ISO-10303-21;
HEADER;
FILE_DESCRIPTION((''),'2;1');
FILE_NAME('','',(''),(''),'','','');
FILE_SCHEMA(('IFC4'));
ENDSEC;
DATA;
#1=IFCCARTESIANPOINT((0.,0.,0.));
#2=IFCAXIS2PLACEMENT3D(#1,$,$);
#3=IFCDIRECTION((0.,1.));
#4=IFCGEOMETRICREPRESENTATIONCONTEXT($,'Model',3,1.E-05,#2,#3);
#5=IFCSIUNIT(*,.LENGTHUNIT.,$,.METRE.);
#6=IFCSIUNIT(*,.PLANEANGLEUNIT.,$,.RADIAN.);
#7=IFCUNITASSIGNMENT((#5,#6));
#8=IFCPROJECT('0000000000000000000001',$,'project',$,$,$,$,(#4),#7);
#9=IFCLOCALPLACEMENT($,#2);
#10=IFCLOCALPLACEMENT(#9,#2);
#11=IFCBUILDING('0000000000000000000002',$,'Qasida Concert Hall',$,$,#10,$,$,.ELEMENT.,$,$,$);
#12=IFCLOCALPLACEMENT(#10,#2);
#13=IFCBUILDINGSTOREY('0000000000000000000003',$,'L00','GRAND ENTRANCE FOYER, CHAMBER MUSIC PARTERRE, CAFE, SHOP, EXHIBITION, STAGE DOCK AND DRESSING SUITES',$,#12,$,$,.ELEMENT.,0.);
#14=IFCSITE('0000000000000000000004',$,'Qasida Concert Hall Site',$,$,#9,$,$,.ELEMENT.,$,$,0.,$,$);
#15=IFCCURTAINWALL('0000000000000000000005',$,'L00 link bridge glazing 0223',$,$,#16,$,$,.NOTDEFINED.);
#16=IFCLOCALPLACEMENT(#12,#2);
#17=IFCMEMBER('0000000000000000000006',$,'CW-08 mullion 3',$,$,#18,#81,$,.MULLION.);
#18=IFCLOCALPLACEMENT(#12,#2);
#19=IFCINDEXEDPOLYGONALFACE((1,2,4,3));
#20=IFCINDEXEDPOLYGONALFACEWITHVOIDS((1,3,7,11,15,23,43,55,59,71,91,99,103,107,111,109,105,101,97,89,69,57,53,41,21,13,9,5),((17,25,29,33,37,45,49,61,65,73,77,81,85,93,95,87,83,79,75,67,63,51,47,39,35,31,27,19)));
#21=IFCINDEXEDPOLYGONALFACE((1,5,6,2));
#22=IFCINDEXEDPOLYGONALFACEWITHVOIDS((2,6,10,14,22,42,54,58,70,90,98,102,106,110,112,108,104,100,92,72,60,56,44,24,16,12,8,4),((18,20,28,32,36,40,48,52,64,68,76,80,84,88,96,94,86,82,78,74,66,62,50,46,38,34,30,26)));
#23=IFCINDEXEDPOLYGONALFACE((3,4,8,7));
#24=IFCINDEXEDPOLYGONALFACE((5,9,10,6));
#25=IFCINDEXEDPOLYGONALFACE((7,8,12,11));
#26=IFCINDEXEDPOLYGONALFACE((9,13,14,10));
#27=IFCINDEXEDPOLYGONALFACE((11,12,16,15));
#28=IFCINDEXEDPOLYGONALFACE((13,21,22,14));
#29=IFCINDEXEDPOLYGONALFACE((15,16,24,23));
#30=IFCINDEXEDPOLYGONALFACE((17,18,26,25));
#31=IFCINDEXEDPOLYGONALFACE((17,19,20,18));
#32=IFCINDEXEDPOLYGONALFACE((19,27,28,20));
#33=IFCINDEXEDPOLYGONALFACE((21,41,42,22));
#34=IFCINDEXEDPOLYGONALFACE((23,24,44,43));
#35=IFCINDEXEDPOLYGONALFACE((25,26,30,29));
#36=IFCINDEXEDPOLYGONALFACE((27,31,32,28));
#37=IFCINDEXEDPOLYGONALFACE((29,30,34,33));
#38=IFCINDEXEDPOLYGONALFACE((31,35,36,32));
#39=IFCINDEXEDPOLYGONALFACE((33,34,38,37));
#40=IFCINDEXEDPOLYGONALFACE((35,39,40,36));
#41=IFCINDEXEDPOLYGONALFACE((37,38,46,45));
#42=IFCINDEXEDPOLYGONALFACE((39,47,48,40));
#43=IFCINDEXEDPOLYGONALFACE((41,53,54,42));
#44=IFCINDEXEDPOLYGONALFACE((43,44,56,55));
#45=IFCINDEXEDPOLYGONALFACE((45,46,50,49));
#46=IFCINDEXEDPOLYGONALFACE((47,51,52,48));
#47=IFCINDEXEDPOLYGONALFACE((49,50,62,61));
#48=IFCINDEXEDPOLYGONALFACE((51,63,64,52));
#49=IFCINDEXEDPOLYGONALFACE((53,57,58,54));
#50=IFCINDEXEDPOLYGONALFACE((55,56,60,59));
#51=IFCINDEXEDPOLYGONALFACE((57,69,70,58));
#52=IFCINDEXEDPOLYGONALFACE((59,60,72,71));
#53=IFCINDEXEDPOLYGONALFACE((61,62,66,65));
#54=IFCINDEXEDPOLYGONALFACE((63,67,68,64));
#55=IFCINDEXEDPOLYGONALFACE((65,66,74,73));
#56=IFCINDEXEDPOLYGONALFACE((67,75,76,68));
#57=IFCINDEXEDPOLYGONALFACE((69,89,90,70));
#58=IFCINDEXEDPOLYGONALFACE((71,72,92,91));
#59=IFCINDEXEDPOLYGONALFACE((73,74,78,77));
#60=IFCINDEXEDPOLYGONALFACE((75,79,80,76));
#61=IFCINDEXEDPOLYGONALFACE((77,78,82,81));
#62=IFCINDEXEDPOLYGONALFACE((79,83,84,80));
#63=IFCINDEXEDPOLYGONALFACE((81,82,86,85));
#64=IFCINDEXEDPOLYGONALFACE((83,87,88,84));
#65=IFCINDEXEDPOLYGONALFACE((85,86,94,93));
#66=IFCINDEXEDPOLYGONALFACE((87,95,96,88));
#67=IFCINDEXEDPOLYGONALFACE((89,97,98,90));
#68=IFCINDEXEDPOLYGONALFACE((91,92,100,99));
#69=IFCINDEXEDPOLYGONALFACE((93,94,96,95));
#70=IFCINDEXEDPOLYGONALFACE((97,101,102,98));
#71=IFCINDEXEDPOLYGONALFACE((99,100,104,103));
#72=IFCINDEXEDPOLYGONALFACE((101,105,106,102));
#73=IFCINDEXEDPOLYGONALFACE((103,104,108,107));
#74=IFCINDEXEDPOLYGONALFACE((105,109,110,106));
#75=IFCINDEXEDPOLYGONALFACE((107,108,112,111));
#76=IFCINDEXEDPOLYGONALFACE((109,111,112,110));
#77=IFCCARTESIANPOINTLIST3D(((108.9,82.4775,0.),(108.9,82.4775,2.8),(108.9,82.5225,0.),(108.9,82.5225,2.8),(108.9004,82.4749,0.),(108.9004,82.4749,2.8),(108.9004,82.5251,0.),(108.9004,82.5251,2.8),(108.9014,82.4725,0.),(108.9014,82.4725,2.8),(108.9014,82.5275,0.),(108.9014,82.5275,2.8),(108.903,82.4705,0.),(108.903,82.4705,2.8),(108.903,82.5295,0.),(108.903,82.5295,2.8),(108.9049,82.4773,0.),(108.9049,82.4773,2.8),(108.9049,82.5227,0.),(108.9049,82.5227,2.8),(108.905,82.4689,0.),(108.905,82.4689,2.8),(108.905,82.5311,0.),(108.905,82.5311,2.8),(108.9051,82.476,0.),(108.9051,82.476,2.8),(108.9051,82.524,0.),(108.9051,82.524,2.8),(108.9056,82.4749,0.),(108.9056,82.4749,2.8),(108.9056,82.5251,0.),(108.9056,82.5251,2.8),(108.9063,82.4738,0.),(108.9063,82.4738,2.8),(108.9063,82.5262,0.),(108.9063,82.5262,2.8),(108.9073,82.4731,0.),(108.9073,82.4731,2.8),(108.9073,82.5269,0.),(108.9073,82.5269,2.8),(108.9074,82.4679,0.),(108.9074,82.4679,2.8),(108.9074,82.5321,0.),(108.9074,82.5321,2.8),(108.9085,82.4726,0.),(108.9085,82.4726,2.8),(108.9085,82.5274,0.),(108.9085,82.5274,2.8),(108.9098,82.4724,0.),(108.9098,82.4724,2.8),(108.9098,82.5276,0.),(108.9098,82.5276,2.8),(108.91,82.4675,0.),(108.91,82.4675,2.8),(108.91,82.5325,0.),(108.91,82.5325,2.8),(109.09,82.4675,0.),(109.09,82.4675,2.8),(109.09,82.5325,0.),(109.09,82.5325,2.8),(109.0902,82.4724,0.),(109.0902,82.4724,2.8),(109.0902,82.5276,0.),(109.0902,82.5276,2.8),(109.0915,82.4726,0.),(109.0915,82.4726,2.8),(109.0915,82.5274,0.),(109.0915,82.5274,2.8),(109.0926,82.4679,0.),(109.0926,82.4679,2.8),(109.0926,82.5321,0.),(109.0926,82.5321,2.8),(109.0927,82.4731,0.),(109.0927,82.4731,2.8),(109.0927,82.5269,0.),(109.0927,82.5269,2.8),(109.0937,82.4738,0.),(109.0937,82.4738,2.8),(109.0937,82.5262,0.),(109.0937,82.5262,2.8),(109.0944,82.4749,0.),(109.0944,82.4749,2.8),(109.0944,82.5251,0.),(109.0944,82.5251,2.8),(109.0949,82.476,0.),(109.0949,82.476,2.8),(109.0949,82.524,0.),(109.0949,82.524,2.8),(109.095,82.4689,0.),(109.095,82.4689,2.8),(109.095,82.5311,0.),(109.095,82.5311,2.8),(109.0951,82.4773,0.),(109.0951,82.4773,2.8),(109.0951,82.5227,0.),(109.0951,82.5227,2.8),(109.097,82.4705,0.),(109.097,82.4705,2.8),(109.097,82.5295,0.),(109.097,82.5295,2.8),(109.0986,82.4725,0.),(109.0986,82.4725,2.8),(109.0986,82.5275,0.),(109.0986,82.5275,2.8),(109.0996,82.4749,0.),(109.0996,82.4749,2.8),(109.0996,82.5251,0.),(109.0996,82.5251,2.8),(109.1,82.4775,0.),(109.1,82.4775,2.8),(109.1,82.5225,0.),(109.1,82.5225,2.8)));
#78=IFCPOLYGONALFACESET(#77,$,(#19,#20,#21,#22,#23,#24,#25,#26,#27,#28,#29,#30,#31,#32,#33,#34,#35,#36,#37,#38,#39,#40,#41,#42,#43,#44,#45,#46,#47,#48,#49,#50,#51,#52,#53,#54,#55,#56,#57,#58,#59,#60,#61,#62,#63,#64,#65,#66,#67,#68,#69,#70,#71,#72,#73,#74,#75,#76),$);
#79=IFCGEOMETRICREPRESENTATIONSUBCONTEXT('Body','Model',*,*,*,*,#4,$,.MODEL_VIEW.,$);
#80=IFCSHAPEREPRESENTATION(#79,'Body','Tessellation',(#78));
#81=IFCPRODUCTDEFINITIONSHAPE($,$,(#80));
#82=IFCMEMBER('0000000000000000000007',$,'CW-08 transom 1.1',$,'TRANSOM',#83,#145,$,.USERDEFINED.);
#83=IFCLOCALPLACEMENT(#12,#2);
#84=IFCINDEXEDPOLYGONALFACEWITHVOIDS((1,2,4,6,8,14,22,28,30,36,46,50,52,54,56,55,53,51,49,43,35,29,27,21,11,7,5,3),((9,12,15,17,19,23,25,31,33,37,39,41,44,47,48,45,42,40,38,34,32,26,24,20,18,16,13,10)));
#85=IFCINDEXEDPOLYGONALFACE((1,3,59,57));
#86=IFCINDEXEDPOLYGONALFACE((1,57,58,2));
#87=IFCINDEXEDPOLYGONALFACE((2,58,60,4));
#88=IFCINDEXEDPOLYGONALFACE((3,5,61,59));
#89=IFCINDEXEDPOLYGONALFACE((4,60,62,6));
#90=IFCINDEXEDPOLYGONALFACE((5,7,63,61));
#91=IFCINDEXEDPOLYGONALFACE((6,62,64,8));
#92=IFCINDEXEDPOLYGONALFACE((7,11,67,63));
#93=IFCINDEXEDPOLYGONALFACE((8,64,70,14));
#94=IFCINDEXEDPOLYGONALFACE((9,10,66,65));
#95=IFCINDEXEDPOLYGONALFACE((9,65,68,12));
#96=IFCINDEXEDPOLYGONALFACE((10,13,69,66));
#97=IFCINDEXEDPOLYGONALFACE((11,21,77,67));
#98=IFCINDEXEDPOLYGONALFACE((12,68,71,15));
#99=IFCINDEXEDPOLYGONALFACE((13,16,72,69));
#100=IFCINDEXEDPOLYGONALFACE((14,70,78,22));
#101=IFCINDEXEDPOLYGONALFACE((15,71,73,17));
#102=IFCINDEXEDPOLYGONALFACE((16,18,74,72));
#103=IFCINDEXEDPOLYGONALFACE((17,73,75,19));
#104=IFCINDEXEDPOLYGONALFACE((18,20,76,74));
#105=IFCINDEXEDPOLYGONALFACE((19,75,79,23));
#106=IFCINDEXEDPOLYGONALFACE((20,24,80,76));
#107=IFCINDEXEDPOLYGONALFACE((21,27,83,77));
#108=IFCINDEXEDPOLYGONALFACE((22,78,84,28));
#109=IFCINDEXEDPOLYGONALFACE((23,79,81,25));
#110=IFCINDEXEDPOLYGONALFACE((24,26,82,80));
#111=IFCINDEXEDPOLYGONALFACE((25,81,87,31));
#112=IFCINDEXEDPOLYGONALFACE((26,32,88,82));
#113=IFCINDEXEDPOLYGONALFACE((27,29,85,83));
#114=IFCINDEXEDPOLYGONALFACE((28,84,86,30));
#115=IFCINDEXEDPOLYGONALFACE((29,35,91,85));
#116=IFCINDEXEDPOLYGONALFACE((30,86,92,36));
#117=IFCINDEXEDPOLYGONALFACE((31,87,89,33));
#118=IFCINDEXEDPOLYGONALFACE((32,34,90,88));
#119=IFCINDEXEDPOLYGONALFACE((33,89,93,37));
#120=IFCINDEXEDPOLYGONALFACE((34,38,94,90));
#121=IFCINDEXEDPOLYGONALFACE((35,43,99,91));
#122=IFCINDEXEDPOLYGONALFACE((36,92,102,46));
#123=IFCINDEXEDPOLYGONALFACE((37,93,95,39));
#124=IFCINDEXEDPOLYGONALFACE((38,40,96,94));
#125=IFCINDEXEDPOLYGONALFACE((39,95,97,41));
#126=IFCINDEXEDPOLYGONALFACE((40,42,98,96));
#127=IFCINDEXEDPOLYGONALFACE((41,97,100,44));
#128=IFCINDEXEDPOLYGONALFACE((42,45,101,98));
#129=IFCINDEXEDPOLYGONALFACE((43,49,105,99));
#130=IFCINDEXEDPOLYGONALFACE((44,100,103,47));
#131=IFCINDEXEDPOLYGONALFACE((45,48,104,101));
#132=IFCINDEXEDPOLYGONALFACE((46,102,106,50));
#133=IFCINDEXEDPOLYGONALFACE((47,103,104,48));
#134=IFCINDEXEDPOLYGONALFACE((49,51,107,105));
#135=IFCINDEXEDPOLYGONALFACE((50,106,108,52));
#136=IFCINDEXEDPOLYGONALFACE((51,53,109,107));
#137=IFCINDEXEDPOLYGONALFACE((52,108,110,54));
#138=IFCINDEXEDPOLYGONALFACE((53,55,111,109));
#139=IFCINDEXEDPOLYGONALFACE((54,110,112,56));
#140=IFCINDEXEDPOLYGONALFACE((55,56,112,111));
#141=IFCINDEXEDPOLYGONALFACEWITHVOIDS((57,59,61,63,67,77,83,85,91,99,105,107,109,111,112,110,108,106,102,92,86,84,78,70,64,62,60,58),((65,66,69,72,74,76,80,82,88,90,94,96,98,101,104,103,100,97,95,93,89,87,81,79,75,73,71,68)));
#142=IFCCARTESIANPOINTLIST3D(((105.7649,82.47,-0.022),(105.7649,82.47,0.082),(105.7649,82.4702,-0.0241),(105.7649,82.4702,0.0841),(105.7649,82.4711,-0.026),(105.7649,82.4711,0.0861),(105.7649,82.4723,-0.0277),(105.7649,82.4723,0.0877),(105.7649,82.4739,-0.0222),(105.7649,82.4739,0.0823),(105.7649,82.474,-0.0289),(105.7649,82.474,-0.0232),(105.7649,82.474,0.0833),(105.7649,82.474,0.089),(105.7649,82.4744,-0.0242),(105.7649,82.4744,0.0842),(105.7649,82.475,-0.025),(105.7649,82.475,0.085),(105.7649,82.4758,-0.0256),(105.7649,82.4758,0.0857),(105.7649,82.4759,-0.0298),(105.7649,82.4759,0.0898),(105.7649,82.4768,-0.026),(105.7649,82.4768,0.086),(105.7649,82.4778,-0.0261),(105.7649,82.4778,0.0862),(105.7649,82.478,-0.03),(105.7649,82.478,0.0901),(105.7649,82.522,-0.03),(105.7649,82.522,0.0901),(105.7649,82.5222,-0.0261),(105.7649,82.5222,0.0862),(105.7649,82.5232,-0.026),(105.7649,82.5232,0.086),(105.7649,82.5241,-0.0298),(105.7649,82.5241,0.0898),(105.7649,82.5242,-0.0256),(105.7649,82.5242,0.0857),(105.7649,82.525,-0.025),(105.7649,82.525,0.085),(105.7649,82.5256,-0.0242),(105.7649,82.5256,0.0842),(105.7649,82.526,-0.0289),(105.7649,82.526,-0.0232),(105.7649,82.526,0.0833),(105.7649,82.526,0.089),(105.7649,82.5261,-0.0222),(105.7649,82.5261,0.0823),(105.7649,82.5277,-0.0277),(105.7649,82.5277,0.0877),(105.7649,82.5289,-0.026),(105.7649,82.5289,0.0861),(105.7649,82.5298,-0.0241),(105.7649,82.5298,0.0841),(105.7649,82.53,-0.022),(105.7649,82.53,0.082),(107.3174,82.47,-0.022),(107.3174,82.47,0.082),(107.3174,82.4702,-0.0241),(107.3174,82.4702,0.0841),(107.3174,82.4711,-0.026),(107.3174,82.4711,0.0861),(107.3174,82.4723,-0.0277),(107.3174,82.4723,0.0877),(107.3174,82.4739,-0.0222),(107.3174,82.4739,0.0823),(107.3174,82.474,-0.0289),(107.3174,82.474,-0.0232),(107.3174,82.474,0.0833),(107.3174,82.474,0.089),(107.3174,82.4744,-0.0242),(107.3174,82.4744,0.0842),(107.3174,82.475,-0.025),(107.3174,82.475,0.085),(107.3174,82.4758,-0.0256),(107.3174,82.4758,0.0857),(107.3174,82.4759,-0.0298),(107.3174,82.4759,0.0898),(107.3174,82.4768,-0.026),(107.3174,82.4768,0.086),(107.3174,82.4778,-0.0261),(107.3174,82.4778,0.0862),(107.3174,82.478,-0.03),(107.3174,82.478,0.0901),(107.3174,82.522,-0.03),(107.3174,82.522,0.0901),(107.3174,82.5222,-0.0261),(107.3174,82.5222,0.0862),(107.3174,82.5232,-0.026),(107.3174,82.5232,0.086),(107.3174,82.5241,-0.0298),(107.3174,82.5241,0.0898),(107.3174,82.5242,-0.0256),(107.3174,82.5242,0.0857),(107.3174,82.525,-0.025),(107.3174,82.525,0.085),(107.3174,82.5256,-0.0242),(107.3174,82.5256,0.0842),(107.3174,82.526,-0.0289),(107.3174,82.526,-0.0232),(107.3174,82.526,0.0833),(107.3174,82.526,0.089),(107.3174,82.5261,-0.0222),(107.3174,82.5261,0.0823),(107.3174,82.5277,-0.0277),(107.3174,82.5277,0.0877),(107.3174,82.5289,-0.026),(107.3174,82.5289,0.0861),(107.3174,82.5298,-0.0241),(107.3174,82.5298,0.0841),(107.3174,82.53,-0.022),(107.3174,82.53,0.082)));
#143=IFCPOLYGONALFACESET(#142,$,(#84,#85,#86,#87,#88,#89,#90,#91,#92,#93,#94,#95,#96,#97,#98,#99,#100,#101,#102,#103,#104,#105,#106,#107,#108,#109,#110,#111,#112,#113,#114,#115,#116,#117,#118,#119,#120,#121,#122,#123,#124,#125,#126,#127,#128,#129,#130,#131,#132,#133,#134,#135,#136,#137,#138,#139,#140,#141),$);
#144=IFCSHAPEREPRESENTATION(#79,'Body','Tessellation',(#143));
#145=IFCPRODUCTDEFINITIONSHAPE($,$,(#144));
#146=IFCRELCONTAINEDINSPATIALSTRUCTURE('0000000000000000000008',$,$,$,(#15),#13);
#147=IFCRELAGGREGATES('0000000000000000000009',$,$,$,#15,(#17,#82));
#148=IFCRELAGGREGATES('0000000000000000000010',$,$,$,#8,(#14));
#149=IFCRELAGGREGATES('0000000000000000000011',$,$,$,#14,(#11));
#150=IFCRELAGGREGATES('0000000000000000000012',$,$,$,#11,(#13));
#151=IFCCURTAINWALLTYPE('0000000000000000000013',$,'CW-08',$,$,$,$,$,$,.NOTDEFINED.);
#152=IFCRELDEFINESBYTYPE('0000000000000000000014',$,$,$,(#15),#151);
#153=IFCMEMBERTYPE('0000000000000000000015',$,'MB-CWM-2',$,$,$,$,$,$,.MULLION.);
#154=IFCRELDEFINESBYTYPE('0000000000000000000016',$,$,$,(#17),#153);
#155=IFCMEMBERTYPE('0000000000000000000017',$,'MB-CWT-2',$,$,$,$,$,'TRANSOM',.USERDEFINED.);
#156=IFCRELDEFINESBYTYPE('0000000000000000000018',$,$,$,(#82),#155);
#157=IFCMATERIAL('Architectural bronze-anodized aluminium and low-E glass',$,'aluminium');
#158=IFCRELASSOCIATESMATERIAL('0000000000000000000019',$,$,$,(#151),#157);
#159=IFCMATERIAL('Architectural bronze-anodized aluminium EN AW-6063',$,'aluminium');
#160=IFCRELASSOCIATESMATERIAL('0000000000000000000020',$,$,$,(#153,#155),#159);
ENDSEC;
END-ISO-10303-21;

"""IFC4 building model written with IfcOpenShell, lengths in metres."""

from ifc_helpers import new_model, si_unit, direction, frame, origin, origin_2d, place, context, subcontext, project, spatial, hollow_rectangle, extrude, material, material_profile, profile_set, type_object, element, aggregate, save


model = new_model("IFC4")

# Units and contexts
model_context = context("Model", 3, precision=1e-05, world=origin(), true_north=direction((0.0, 1.0)))
body_context = subcontext(model_context, "Body", "Model", "MODEL_VIEW")
ifc_project = project(units=[si_unit("LENGTHUNIT", "METRE"), si_unit("PLANEANGLEUNIT", "RADIAN")], contexts=[model_context])

# Site, building, storey
site_placement = place(None, origin())
site = spatial("IfcSite", under=ifc_project, at=site_placement, Name="Qasida Concert Hall Site", CompositionType="ELEMENT", RefElevation=0.0)
building_placement = place(site_placement, origin())
building = spatial("IfcBuilding", under=site, at=building_placement, Name="Qasida Concert Hall", CompositionType="ELEMENT")
storey_placement = place(building_placement, origin())
storey = spatial("IfcBuildingStorey", under=building, at=storey_placement, Name="L00", Description="GRAND ENTRANCE FOYER, CHAMBER MUSIC PARTERRE, CAFE, SHOP, EXHIBITION, STAGE DOCK AND DRESSING SUITES", CompositionType="ELEMENT", Elevation=0.0)

# Curtain wall, members
ifc_material_1 = material(Name="Architectural bronze-anodized aluminium and low-E glass", Category="aluminium")
curtain_wall_type = type_object("IfcCurtainWallType", Name="CW-08", PredefinedType="NOTDEFINED", material=ifc_material_1)
curtain_wall_placement = place(storey_placement, origin())
curtain_wall = element("IfcCurtainWall", 1, at=curtain_wall_placement, inside=storey, type_object=curtain_wall_type, Name="L00 link bridge glazing 0223", PredefinedType="NOTDEFINED")
ifc_material_2 = material(Name="Architectural bronze-anodized aluminium EN AW-6063", Category="aluminium")
ifc_material_profile_1 = material_profile(ifc_material_2, hollow_rectangle(XDim=0.0649, YDim=0.2, WallThickness=0.0049, InnerFilletRadius=0.0049, OuterFilletRadius=0.01, at=origin_2d()), Name="CWM 200x65x5")
ifc_profile_set_1 = profile_set([ifc_material_profile_1], Name="Architectural bronze-anodized aluminium EN AW-6063")
member_type_1 = type_object("IfcMemberType", Name="MB-CWM-2", PredefinedType="MULLION", material=ifc_profile_set_1)
member_1_placement = place(storey_placement, frame((109.0, 82.5, 0.0), z_axis=(0.0, 0.0, 1.0), x_axis=(0.0, 1.0, 0.0)))
member_1 = element("IfcMember", 2, at=member_1_placement, type_object=member_type_1, Name="CW-08 mullion 3", PredefinedType="MULLION", context=body_context, shape_type="SweptSolid", body=[
    extrude(hollow_rectangle(XDim=0.0649, YDim=0.2, WallThickness=0.0049, InnerFilletRadius=0.0049, OuterFilletRadius=0.01, at=origin_2d()), origin(), (0.0, 0.0, 1.0), 2.8),
])
ifc_material_profile_2 = material_profile(ifc_material_2, hollow_rectangle(XDim=0.0601, YDim=0.1201, WallThickness=0.0039, InnerFilletRadius=0.0039, OuterFilletRadius=0.0081, at=origin_2d()), Name="CWT 120x60x4")
ifc_profile_set_2 = profile_set([ifc_material_profile_2], Name="Architectural bronze-anodized aluminium EN AW-6063")
member_type_2 = type_object("IfcMemberType", Name="MB-CWT-2", ElementType="TRANSOM", PredefinedType="USERDEFINED", material=ifc_profile_set_2)
member_2_placement = place(storey_placement, frame((105.7649, 82.5, 0.03), z_axis=(1.0, 0.0, 0.0), x_axis=(0.0, 1.0, 0.0)))
member_2 = element("IfcMember", 3, at=member_2_placement, type_object=member_type_2, Name="CW-08 transom 1.1", ObjectType="TRANSOM", PredefinedType="USERDEFINED", context=body_context, shape_type="SweptSolid", body=[
    extrude(hollow_rectangle(XDim=0.0601, YDim=0.1201, WallThickness=0.0039, InnerFilletRadius=0.0039, OuterFilletRadius=0.0081, at=origin_2d()), origin(), (0.0, 0.0, 1.0), 1.5525),
])
aggregate(curtain_wall, [member_1, member_2])

save(model, "model.ifc")
